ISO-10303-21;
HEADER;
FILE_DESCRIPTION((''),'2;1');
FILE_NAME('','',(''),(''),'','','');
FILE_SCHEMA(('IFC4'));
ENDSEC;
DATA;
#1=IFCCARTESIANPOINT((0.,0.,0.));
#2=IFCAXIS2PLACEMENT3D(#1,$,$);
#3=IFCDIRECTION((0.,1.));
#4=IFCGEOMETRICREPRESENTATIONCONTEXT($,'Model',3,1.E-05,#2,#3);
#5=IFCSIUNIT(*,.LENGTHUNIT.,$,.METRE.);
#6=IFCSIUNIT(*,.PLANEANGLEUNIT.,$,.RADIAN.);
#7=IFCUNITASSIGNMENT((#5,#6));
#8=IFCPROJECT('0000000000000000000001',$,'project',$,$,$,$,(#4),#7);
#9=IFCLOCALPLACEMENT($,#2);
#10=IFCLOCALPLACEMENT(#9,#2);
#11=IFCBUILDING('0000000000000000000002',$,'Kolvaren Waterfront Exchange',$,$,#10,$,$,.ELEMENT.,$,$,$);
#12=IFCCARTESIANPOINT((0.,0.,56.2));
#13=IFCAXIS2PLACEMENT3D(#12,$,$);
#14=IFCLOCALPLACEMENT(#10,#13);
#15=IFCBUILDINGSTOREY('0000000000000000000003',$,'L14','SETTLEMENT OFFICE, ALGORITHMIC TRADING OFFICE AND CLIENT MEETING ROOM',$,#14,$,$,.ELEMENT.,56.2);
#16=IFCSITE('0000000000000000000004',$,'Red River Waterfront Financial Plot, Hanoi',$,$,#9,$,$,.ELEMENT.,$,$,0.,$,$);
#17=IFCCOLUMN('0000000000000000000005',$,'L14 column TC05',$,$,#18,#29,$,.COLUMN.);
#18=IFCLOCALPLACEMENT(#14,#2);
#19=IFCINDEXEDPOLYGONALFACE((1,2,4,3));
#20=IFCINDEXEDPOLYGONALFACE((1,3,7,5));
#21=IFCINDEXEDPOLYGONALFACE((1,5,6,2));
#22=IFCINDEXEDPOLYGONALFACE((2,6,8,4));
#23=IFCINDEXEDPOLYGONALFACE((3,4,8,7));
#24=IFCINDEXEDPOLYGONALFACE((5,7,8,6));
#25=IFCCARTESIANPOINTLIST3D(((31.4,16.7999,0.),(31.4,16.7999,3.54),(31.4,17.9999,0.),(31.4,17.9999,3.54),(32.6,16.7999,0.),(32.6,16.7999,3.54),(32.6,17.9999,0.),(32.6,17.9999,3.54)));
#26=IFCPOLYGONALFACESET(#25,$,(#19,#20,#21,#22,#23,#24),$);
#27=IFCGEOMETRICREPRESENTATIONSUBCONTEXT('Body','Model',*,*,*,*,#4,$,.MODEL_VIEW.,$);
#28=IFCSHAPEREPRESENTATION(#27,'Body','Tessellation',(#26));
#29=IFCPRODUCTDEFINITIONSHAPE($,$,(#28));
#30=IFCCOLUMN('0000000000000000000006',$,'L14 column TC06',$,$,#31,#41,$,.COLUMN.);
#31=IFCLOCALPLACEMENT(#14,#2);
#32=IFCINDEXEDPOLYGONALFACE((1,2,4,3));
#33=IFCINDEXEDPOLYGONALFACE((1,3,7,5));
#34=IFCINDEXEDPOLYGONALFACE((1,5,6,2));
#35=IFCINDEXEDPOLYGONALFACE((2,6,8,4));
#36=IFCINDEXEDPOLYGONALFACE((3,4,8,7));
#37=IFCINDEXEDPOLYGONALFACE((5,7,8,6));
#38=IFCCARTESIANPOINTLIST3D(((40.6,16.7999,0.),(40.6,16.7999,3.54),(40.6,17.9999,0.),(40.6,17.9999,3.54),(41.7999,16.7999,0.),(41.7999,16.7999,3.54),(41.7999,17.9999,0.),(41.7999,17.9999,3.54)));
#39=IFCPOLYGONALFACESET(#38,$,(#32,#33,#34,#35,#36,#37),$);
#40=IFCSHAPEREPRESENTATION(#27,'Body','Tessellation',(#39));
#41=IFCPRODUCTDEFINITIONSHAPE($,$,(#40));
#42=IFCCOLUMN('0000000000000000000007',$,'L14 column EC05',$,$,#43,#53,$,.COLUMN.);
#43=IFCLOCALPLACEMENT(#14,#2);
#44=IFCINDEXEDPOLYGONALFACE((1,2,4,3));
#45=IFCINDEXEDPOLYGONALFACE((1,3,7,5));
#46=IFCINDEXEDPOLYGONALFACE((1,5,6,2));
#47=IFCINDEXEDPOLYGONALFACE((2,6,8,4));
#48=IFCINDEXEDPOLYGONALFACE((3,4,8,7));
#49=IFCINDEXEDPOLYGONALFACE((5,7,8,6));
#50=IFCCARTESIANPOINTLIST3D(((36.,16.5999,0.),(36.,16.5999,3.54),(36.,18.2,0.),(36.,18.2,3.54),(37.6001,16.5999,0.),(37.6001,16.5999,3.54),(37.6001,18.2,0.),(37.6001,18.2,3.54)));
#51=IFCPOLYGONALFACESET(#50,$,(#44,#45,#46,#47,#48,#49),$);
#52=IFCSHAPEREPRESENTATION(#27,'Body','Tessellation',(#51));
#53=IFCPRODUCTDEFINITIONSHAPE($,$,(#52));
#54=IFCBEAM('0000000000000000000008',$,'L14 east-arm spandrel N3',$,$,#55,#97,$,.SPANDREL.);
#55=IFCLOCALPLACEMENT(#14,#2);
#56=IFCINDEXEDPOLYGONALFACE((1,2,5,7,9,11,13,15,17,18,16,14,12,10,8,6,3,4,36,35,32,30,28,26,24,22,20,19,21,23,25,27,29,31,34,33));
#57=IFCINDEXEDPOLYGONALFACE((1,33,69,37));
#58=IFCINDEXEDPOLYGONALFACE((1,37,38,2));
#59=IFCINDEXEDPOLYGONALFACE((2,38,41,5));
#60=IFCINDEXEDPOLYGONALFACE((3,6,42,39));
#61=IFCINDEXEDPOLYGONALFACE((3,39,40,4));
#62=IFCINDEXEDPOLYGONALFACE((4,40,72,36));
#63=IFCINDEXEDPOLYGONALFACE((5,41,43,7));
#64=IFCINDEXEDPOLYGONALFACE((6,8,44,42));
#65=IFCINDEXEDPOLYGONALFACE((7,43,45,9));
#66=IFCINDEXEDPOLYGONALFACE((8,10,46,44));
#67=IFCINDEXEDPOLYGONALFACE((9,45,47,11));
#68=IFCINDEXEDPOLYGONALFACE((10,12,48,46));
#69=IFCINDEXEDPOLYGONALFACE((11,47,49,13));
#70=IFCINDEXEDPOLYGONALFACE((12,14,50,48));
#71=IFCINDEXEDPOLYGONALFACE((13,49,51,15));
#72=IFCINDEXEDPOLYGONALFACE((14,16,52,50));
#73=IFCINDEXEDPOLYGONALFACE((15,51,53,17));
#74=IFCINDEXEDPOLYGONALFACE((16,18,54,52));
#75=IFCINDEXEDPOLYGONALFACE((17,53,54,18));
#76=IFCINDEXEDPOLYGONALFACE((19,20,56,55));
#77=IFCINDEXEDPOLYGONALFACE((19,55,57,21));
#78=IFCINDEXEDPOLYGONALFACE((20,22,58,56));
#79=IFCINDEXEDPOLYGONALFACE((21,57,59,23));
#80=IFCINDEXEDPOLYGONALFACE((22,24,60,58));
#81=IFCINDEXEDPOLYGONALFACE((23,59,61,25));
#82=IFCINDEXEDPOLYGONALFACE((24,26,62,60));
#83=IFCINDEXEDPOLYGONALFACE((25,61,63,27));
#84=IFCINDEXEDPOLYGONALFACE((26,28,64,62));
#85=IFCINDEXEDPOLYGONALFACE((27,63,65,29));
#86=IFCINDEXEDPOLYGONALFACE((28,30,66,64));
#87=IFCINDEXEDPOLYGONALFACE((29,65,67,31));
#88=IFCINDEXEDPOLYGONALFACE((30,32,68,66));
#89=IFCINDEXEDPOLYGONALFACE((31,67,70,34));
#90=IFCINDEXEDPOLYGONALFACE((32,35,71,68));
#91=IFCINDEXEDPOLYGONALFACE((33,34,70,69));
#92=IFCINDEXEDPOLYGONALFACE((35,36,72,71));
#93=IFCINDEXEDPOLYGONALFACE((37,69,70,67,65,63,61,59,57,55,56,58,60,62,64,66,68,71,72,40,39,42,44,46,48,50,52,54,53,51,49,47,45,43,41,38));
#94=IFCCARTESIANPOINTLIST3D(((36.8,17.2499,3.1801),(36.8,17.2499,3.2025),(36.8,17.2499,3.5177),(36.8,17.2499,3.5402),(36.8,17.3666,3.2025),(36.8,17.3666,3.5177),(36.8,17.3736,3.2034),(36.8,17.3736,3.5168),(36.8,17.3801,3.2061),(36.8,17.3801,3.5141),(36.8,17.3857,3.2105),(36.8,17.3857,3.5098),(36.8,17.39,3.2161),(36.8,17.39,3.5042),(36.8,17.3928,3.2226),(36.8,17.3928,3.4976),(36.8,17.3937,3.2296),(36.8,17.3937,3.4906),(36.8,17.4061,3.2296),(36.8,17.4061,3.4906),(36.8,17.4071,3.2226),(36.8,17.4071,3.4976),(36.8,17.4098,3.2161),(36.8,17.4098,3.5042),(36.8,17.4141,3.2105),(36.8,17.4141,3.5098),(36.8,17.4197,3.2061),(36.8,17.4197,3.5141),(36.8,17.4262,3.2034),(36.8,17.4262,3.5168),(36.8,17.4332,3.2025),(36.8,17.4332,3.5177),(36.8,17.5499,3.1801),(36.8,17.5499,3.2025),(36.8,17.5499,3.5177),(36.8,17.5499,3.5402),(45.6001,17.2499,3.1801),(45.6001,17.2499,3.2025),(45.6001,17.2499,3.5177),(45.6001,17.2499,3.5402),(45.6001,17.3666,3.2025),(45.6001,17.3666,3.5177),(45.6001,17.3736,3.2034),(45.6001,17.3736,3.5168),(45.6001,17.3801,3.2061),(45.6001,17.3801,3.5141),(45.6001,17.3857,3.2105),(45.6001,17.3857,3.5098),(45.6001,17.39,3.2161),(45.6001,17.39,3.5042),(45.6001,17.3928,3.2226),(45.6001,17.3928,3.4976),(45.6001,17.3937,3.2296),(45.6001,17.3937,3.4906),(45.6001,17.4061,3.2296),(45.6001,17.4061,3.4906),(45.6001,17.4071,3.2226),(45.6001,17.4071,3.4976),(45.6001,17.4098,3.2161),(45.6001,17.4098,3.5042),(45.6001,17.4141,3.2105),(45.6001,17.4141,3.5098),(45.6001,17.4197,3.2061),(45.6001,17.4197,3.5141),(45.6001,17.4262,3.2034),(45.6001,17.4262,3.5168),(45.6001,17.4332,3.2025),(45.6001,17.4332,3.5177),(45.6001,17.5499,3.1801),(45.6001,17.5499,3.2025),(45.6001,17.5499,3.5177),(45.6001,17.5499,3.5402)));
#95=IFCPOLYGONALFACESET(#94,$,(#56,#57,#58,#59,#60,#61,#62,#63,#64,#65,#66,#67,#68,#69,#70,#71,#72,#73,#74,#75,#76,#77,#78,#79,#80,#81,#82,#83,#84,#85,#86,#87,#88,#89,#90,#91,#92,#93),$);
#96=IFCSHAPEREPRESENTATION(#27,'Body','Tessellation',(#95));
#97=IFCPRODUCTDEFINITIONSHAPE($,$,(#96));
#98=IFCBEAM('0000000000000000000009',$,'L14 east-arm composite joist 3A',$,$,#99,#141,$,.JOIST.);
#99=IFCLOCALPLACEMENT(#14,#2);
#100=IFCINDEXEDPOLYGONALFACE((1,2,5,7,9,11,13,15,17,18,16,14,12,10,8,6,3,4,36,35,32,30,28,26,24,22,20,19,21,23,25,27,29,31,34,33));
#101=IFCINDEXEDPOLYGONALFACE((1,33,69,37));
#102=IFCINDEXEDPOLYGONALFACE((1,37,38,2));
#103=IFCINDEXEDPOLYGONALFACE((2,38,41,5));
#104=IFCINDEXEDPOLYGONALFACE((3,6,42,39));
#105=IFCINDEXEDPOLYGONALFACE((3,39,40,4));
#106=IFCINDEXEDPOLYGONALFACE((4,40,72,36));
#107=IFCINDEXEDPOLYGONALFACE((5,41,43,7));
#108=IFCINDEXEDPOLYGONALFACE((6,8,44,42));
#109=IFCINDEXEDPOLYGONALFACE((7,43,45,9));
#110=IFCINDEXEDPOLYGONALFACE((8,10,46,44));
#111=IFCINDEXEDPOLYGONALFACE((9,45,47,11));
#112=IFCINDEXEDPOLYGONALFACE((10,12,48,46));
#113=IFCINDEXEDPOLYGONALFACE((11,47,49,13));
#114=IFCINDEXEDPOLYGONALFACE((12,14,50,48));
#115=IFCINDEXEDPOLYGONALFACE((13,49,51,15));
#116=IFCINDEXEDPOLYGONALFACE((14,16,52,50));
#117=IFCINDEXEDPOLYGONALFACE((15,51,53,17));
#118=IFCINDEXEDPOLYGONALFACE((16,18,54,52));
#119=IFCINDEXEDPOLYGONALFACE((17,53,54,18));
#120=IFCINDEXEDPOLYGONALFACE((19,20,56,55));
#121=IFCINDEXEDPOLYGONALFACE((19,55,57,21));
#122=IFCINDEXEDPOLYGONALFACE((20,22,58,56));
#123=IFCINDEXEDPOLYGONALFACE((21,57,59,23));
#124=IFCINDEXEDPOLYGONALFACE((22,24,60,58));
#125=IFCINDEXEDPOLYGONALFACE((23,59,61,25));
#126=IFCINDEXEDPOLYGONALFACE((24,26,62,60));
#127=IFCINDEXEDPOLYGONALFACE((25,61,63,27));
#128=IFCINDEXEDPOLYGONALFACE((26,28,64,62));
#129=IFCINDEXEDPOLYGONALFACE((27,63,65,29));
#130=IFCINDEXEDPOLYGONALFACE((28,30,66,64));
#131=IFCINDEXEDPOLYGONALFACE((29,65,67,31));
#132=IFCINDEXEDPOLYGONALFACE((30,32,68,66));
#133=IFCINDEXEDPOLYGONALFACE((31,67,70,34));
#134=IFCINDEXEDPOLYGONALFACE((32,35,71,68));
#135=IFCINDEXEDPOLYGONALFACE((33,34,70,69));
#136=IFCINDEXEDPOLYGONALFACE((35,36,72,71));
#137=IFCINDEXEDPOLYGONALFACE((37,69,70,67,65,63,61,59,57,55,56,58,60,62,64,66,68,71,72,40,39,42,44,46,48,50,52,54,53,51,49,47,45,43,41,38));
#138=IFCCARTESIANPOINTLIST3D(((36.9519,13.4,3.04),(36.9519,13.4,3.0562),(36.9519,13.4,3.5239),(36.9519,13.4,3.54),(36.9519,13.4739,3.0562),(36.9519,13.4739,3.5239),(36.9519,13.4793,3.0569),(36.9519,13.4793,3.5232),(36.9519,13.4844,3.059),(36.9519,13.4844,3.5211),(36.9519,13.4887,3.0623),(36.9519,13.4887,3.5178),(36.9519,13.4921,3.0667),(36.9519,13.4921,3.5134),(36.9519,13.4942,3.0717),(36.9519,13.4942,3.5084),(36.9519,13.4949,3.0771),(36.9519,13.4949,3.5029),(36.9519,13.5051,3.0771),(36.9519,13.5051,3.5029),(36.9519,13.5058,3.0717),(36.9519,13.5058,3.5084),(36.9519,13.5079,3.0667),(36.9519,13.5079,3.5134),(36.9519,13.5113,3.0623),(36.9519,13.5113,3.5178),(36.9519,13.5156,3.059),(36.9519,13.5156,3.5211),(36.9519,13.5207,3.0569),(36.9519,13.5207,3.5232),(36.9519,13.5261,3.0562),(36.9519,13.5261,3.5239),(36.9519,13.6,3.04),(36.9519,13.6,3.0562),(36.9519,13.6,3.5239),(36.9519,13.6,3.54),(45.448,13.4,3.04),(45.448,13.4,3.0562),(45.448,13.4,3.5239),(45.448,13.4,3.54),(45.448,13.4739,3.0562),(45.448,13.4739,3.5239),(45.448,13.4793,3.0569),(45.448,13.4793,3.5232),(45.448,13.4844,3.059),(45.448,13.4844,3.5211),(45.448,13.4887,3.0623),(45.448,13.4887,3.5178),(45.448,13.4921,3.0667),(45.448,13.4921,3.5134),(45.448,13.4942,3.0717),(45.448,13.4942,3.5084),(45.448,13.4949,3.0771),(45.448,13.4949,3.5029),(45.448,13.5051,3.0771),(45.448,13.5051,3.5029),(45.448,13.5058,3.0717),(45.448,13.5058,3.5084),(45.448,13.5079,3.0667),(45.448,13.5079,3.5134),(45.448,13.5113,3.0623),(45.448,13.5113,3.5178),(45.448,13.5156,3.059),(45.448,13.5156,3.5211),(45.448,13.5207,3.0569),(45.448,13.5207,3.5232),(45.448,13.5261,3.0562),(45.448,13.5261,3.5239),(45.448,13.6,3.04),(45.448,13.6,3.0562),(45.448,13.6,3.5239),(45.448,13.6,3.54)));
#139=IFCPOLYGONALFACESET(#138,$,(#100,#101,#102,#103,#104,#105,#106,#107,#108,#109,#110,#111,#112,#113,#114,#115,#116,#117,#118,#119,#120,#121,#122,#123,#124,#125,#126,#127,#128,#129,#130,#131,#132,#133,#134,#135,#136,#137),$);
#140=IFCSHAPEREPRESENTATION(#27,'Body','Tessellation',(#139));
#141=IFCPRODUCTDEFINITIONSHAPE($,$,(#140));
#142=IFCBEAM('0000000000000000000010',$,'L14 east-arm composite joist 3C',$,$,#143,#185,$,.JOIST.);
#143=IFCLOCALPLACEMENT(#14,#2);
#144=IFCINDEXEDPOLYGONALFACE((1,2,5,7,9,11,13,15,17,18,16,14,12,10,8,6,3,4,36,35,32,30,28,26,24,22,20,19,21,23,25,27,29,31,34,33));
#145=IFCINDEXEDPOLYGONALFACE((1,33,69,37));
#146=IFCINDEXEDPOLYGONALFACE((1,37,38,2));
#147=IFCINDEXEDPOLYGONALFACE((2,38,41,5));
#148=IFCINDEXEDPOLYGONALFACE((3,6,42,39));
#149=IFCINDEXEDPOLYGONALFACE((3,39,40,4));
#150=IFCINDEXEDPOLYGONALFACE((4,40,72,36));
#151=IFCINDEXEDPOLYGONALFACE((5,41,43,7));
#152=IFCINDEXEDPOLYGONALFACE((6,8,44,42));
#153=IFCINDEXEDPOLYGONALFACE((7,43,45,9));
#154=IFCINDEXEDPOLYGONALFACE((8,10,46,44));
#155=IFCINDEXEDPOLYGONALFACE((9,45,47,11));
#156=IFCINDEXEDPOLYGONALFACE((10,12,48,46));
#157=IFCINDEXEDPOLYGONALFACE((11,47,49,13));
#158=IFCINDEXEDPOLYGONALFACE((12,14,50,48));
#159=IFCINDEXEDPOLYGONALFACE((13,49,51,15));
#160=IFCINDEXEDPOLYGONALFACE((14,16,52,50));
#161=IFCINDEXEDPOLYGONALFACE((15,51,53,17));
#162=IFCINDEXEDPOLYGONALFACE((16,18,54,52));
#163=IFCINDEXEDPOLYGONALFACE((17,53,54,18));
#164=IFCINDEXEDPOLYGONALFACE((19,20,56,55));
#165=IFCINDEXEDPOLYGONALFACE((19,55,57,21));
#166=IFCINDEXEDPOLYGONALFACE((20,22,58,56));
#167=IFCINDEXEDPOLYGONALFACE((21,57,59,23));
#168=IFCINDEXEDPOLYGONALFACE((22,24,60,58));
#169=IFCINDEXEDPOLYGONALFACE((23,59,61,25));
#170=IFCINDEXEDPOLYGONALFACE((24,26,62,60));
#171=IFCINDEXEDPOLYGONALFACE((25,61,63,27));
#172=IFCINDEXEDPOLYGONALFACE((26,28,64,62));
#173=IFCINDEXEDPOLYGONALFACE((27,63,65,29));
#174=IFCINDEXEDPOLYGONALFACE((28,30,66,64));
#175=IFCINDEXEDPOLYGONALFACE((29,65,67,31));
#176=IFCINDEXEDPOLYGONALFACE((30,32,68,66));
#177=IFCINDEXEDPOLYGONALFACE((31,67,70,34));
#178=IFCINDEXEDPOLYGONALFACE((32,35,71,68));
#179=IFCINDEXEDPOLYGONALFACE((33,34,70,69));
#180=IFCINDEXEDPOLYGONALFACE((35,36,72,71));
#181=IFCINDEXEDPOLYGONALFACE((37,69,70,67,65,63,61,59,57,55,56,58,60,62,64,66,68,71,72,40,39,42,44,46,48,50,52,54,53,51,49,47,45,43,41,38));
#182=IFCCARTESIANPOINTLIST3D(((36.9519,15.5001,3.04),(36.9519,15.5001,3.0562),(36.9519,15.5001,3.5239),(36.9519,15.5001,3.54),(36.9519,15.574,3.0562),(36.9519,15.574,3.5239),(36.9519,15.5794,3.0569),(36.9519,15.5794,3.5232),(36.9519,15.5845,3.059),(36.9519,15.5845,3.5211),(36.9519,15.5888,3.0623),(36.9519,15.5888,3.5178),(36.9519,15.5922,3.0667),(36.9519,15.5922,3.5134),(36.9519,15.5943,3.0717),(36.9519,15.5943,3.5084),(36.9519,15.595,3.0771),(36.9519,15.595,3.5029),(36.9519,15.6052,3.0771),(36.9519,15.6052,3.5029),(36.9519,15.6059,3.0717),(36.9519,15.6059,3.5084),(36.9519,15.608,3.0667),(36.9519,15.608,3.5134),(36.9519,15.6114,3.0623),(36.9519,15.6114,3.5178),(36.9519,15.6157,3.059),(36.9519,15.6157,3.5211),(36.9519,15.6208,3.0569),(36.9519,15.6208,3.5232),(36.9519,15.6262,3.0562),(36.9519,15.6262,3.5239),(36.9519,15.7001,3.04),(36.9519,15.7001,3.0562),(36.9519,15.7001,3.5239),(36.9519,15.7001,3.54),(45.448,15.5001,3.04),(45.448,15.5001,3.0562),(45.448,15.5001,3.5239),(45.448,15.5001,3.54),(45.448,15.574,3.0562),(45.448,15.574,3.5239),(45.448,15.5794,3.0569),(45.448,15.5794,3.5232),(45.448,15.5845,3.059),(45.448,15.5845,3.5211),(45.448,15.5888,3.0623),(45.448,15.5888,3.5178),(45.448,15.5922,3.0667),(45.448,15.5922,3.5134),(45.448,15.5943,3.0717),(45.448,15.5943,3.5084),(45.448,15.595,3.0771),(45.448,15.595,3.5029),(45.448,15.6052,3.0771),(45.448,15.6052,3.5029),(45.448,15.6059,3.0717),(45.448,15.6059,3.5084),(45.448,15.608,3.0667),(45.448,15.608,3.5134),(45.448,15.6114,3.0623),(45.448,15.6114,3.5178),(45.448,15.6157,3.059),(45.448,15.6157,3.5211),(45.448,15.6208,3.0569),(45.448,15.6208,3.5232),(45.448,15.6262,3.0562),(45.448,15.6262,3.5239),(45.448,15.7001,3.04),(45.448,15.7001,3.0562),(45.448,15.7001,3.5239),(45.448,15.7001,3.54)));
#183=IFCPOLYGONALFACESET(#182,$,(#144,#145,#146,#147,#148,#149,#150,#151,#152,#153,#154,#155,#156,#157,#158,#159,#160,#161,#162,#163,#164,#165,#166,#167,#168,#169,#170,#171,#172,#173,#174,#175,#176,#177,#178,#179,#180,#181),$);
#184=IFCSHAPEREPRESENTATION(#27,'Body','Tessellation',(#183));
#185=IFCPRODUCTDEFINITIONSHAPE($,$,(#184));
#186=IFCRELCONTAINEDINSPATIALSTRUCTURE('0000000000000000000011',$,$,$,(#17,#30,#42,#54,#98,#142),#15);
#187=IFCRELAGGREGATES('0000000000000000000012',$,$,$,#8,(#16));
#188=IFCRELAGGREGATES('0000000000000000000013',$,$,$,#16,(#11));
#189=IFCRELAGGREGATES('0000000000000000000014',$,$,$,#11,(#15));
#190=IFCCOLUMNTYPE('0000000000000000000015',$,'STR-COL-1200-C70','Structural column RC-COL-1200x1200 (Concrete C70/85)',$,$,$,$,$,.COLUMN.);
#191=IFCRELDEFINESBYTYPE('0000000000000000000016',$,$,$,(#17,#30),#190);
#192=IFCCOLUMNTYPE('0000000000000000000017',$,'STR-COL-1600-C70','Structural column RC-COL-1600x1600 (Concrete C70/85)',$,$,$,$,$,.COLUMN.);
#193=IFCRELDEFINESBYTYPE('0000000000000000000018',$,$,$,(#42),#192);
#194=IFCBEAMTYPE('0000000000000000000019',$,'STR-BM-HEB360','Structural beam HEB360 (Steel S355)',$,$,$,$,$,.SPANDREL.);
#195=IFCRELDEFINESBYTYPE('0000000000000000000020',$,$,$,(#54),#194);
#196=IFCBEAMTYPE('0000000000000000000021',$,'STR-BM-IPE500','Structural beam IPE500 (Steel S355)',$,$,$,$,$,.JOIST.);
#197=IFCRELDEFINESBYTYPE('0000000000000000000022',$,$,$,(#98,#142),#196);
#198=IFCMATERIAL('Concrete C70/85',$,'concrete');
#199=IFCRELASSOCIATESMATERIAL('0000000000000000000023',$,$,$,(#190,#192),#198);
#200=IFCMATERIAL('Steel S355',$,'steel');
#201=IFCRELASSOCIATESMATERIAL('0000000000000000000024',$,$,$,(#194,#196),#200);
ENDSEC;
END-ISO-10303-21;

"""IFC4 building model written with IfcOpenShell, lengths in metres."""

from ifc_helpers import new_model, si_unit, direction, frame, origin, origin_2d, place, context, subcontext, project, spatial, rectangle, i_section, extrude, material, material_profile, profile_set, type_object, element, save


model = new_model("IFC4")

# Units and contexts
model_context = context("Model", 3, precision=1e-05, world=origin(), true_north=direction((0.0, 1.0)))
body_context = subcontext(model_context, "Body", "Model", "MODEL_VIEW")
ifc_project = project(units=[si_unit("LENGTHUNIT", "METRE"), si_unit("PLANEANGLEUNIT", "RADIAN")], contexts=[model_context])

# Site, building, storey
site_placement = place(None, origin())
site = spatial("IfcSite", under=ifc_project, at=site_placement, Name="Red River Waterfront Financial Plot, Hanoi", CompositionType="ELEMENT", RefElevation=0.0)
building_placement = place(site_placement, origin())
building = spatial("IfcBuilding", under=site, at=building_placement, Name="Kolvaren Waterfront Exchange", CompositionType="ELEMENT")
storey_placement = place(building_placement, frame((0.0, 0.0, 56.2)))
storey = spatial("IfcBuildingStorey", under=building, at=storey_placement, Name="L14", Description="SETTLEMENT OFFICE, ALGORITHMIC TRADING OFFICE AND CLIENT MEETING ROOM", CompositionType="ELEMENT", Elevation=56.2)

# Columns
ifc_material_1 = material(Name="Concrete C70/85", Category="concrete")
ifc_material_profile_1 = material_profile(ifc_material_1, rectangle(XDim=1.2, YDim=1.2, at=origin_2d()), Name="RC-COL-1200x1200")
ifc_profile_set_1 = profile_set([ifc_material_profile_1], Name="Concrete C70/85")
column_type_1 = type_object("IfcColumnType", Name="STR-COL-1200-C70", Description="Structural column RC-COL-1200x1200 (Concrete C70/85)", PredefinedType="COLUMN", material=ifc_profile_set_1)
for number, where, z_axis, x_axis, name in (
    (1, (32.0, 17.3999, 0.0), (0.0, 0.0, 1.0), (1.0, 0.0, 0.0), "L14 column TC05"),
    (2, (41.2, 17.3999, 0.0), (0.0, 0.0, 1.0), (1.0, 0.0, 0.0), "L14 column TC06"),
):
    element("IfcColumn", number, at=place(storey_placement, frame(where, z_axis=z_axis, x_axis=x_axis)), inside=storey, type_object=column_type_1, Name=name, PredefinedType="COLUMN", context=body_context, shape_type="SweptSolid", body=[
        extrude(rectangle(XDim=1.2, YDim=1.2, at=origin_2d()), origin(), (0.0, 0.0, 1.0), 3.54),
    ])
ifc_material_profile_2 = material_profile(ifc_material_1, rectangle(XDim=1.6001, YDim=1.6001, at=origin_2d()), Name="RC-COL-1600x1600")
ifc_profile_set_2 = profile_set([ifc_material_profile_2], Name="Concrete C70/85")
column_type_2 = type_object("IfcColumnType", Name="STR-COL-1600-C70", Description="Structural column RC-COL-1600x1600 (Concrete C70/85)", PredefinedType="COLUMN", material=ifc_profile_set_2)
column_placement = place(storey_placement, frame((36.8, 17.3999, 0.0), z_axis=(0.0, 0.0, 1.0), x_axis=(1.0, 0.0, 0.0)))
element("IfcColumn", 3, at=column_placement, inside=storey, type_object=column_type_2, Name="L14 column EC05", PredefinedType="COLUMN", context=body_context, shape_type="SweptSolid", body=[
    extrude(rectangle(XDim=1.6001, YDim=1.6001, at=origin_2d()), origin(), (0.0, 0.0, 1.0), 3.54),
])

# Beams
ifc_material_2 = material(Name="Steel S355", Category="steel")
ifc_material_profile_3 = material_profile(ifc_material_2, i_section(OverallWidth=0.3, OverallDepth=0.3601, WebThickness=0.0125, FlangeThickness=0.0225, FilletRadius=0.0271, at=origin_2d()), Name="HEB360")
ifc_profile_set_3 = profile_set([ifc_material_profile_3], Name="Steel S355")
beam_type_1 = type_object("IfcBeamType", Name="STR-BM-HEB360", Description="Structural beam HEB360 (Steel S355)", PredefinedType="SPANDREL", material=ifc_profile_set_3)
beam_placement = place(storey_placement, frame((36.8, 17.3999, 3.3601), z_axis=(1.0, 0.0, 0.0), x_axis=(0.0, 1.0, 0.0)))
element("IfcBeam", 4, at=beam_placement, inside=storey, type_object=beam_type_1, Name="L14 east-arm spandrel N3", PredefinedType="SPANDREL", context=body_context, shape_type="SweptSolid", body=[
    extrude(i_section(OverallWidth=0.3, OverallDepth=0.3601, WebThickness=0.0125, FlangeThickness=0.0225, FilletRadius=0.0271, at=origin_2d()), origin(), (0.0, 0.0, 1.0), 8.8),
])
ifc_material_profile_4 = material_profile(ifc_material_2, i_section(OverallWidth=0.2, OverallDepth=0.5, WebThickness=0.0103, FlangeThickness=0.0161, FilletRadius=0.021, at=origin_2d()), Name="IPE500")
ifc_profile_set_4 = profile_set([ifc_material_profile_4], Name="Steel S355")
beam_type_2 = type_object("IfcBeamType", Name="STR-BM-IPE500", Description="Structural beam IPE500 (Steel S355)", PredefinedType="JOIST", material=ifc_profile_set_4)
for number, where, z_axis, x_axis, name in (
    (5, (36.9519, 13.5, 3.29), (1.0, 0.0, 0.0), (0.0, 1.0, 0.0), "L14 east-arm composite joist 3A"),
    (6, (36.9519, 15.6001, 3.29), (1.0, 0.0, 0.0), (0.0, 1.0, 0.0), "L14 east-arm composite joist 3C"),
):
    element("IfcBeam", number, at=place(storey_placement, frame(where, z_axis=z_axis, x_axis=x_axis)), inside=storey, type_object=beam_type_2, Name=name, PredefinedType="JOIST", context=body_context, shape_type="SweptSolid", body=[
        extrude(i_section(OverallWidth=0.2, OverallDepth=0.5, WebThickness=0.0103, FlangeThickness=0.0161, FilletRadius=0.021, at=origin_2d()), origin(), (0.0, 0.0, 1.0), 8.4961),
    ])

save(model, "model.ifc")
